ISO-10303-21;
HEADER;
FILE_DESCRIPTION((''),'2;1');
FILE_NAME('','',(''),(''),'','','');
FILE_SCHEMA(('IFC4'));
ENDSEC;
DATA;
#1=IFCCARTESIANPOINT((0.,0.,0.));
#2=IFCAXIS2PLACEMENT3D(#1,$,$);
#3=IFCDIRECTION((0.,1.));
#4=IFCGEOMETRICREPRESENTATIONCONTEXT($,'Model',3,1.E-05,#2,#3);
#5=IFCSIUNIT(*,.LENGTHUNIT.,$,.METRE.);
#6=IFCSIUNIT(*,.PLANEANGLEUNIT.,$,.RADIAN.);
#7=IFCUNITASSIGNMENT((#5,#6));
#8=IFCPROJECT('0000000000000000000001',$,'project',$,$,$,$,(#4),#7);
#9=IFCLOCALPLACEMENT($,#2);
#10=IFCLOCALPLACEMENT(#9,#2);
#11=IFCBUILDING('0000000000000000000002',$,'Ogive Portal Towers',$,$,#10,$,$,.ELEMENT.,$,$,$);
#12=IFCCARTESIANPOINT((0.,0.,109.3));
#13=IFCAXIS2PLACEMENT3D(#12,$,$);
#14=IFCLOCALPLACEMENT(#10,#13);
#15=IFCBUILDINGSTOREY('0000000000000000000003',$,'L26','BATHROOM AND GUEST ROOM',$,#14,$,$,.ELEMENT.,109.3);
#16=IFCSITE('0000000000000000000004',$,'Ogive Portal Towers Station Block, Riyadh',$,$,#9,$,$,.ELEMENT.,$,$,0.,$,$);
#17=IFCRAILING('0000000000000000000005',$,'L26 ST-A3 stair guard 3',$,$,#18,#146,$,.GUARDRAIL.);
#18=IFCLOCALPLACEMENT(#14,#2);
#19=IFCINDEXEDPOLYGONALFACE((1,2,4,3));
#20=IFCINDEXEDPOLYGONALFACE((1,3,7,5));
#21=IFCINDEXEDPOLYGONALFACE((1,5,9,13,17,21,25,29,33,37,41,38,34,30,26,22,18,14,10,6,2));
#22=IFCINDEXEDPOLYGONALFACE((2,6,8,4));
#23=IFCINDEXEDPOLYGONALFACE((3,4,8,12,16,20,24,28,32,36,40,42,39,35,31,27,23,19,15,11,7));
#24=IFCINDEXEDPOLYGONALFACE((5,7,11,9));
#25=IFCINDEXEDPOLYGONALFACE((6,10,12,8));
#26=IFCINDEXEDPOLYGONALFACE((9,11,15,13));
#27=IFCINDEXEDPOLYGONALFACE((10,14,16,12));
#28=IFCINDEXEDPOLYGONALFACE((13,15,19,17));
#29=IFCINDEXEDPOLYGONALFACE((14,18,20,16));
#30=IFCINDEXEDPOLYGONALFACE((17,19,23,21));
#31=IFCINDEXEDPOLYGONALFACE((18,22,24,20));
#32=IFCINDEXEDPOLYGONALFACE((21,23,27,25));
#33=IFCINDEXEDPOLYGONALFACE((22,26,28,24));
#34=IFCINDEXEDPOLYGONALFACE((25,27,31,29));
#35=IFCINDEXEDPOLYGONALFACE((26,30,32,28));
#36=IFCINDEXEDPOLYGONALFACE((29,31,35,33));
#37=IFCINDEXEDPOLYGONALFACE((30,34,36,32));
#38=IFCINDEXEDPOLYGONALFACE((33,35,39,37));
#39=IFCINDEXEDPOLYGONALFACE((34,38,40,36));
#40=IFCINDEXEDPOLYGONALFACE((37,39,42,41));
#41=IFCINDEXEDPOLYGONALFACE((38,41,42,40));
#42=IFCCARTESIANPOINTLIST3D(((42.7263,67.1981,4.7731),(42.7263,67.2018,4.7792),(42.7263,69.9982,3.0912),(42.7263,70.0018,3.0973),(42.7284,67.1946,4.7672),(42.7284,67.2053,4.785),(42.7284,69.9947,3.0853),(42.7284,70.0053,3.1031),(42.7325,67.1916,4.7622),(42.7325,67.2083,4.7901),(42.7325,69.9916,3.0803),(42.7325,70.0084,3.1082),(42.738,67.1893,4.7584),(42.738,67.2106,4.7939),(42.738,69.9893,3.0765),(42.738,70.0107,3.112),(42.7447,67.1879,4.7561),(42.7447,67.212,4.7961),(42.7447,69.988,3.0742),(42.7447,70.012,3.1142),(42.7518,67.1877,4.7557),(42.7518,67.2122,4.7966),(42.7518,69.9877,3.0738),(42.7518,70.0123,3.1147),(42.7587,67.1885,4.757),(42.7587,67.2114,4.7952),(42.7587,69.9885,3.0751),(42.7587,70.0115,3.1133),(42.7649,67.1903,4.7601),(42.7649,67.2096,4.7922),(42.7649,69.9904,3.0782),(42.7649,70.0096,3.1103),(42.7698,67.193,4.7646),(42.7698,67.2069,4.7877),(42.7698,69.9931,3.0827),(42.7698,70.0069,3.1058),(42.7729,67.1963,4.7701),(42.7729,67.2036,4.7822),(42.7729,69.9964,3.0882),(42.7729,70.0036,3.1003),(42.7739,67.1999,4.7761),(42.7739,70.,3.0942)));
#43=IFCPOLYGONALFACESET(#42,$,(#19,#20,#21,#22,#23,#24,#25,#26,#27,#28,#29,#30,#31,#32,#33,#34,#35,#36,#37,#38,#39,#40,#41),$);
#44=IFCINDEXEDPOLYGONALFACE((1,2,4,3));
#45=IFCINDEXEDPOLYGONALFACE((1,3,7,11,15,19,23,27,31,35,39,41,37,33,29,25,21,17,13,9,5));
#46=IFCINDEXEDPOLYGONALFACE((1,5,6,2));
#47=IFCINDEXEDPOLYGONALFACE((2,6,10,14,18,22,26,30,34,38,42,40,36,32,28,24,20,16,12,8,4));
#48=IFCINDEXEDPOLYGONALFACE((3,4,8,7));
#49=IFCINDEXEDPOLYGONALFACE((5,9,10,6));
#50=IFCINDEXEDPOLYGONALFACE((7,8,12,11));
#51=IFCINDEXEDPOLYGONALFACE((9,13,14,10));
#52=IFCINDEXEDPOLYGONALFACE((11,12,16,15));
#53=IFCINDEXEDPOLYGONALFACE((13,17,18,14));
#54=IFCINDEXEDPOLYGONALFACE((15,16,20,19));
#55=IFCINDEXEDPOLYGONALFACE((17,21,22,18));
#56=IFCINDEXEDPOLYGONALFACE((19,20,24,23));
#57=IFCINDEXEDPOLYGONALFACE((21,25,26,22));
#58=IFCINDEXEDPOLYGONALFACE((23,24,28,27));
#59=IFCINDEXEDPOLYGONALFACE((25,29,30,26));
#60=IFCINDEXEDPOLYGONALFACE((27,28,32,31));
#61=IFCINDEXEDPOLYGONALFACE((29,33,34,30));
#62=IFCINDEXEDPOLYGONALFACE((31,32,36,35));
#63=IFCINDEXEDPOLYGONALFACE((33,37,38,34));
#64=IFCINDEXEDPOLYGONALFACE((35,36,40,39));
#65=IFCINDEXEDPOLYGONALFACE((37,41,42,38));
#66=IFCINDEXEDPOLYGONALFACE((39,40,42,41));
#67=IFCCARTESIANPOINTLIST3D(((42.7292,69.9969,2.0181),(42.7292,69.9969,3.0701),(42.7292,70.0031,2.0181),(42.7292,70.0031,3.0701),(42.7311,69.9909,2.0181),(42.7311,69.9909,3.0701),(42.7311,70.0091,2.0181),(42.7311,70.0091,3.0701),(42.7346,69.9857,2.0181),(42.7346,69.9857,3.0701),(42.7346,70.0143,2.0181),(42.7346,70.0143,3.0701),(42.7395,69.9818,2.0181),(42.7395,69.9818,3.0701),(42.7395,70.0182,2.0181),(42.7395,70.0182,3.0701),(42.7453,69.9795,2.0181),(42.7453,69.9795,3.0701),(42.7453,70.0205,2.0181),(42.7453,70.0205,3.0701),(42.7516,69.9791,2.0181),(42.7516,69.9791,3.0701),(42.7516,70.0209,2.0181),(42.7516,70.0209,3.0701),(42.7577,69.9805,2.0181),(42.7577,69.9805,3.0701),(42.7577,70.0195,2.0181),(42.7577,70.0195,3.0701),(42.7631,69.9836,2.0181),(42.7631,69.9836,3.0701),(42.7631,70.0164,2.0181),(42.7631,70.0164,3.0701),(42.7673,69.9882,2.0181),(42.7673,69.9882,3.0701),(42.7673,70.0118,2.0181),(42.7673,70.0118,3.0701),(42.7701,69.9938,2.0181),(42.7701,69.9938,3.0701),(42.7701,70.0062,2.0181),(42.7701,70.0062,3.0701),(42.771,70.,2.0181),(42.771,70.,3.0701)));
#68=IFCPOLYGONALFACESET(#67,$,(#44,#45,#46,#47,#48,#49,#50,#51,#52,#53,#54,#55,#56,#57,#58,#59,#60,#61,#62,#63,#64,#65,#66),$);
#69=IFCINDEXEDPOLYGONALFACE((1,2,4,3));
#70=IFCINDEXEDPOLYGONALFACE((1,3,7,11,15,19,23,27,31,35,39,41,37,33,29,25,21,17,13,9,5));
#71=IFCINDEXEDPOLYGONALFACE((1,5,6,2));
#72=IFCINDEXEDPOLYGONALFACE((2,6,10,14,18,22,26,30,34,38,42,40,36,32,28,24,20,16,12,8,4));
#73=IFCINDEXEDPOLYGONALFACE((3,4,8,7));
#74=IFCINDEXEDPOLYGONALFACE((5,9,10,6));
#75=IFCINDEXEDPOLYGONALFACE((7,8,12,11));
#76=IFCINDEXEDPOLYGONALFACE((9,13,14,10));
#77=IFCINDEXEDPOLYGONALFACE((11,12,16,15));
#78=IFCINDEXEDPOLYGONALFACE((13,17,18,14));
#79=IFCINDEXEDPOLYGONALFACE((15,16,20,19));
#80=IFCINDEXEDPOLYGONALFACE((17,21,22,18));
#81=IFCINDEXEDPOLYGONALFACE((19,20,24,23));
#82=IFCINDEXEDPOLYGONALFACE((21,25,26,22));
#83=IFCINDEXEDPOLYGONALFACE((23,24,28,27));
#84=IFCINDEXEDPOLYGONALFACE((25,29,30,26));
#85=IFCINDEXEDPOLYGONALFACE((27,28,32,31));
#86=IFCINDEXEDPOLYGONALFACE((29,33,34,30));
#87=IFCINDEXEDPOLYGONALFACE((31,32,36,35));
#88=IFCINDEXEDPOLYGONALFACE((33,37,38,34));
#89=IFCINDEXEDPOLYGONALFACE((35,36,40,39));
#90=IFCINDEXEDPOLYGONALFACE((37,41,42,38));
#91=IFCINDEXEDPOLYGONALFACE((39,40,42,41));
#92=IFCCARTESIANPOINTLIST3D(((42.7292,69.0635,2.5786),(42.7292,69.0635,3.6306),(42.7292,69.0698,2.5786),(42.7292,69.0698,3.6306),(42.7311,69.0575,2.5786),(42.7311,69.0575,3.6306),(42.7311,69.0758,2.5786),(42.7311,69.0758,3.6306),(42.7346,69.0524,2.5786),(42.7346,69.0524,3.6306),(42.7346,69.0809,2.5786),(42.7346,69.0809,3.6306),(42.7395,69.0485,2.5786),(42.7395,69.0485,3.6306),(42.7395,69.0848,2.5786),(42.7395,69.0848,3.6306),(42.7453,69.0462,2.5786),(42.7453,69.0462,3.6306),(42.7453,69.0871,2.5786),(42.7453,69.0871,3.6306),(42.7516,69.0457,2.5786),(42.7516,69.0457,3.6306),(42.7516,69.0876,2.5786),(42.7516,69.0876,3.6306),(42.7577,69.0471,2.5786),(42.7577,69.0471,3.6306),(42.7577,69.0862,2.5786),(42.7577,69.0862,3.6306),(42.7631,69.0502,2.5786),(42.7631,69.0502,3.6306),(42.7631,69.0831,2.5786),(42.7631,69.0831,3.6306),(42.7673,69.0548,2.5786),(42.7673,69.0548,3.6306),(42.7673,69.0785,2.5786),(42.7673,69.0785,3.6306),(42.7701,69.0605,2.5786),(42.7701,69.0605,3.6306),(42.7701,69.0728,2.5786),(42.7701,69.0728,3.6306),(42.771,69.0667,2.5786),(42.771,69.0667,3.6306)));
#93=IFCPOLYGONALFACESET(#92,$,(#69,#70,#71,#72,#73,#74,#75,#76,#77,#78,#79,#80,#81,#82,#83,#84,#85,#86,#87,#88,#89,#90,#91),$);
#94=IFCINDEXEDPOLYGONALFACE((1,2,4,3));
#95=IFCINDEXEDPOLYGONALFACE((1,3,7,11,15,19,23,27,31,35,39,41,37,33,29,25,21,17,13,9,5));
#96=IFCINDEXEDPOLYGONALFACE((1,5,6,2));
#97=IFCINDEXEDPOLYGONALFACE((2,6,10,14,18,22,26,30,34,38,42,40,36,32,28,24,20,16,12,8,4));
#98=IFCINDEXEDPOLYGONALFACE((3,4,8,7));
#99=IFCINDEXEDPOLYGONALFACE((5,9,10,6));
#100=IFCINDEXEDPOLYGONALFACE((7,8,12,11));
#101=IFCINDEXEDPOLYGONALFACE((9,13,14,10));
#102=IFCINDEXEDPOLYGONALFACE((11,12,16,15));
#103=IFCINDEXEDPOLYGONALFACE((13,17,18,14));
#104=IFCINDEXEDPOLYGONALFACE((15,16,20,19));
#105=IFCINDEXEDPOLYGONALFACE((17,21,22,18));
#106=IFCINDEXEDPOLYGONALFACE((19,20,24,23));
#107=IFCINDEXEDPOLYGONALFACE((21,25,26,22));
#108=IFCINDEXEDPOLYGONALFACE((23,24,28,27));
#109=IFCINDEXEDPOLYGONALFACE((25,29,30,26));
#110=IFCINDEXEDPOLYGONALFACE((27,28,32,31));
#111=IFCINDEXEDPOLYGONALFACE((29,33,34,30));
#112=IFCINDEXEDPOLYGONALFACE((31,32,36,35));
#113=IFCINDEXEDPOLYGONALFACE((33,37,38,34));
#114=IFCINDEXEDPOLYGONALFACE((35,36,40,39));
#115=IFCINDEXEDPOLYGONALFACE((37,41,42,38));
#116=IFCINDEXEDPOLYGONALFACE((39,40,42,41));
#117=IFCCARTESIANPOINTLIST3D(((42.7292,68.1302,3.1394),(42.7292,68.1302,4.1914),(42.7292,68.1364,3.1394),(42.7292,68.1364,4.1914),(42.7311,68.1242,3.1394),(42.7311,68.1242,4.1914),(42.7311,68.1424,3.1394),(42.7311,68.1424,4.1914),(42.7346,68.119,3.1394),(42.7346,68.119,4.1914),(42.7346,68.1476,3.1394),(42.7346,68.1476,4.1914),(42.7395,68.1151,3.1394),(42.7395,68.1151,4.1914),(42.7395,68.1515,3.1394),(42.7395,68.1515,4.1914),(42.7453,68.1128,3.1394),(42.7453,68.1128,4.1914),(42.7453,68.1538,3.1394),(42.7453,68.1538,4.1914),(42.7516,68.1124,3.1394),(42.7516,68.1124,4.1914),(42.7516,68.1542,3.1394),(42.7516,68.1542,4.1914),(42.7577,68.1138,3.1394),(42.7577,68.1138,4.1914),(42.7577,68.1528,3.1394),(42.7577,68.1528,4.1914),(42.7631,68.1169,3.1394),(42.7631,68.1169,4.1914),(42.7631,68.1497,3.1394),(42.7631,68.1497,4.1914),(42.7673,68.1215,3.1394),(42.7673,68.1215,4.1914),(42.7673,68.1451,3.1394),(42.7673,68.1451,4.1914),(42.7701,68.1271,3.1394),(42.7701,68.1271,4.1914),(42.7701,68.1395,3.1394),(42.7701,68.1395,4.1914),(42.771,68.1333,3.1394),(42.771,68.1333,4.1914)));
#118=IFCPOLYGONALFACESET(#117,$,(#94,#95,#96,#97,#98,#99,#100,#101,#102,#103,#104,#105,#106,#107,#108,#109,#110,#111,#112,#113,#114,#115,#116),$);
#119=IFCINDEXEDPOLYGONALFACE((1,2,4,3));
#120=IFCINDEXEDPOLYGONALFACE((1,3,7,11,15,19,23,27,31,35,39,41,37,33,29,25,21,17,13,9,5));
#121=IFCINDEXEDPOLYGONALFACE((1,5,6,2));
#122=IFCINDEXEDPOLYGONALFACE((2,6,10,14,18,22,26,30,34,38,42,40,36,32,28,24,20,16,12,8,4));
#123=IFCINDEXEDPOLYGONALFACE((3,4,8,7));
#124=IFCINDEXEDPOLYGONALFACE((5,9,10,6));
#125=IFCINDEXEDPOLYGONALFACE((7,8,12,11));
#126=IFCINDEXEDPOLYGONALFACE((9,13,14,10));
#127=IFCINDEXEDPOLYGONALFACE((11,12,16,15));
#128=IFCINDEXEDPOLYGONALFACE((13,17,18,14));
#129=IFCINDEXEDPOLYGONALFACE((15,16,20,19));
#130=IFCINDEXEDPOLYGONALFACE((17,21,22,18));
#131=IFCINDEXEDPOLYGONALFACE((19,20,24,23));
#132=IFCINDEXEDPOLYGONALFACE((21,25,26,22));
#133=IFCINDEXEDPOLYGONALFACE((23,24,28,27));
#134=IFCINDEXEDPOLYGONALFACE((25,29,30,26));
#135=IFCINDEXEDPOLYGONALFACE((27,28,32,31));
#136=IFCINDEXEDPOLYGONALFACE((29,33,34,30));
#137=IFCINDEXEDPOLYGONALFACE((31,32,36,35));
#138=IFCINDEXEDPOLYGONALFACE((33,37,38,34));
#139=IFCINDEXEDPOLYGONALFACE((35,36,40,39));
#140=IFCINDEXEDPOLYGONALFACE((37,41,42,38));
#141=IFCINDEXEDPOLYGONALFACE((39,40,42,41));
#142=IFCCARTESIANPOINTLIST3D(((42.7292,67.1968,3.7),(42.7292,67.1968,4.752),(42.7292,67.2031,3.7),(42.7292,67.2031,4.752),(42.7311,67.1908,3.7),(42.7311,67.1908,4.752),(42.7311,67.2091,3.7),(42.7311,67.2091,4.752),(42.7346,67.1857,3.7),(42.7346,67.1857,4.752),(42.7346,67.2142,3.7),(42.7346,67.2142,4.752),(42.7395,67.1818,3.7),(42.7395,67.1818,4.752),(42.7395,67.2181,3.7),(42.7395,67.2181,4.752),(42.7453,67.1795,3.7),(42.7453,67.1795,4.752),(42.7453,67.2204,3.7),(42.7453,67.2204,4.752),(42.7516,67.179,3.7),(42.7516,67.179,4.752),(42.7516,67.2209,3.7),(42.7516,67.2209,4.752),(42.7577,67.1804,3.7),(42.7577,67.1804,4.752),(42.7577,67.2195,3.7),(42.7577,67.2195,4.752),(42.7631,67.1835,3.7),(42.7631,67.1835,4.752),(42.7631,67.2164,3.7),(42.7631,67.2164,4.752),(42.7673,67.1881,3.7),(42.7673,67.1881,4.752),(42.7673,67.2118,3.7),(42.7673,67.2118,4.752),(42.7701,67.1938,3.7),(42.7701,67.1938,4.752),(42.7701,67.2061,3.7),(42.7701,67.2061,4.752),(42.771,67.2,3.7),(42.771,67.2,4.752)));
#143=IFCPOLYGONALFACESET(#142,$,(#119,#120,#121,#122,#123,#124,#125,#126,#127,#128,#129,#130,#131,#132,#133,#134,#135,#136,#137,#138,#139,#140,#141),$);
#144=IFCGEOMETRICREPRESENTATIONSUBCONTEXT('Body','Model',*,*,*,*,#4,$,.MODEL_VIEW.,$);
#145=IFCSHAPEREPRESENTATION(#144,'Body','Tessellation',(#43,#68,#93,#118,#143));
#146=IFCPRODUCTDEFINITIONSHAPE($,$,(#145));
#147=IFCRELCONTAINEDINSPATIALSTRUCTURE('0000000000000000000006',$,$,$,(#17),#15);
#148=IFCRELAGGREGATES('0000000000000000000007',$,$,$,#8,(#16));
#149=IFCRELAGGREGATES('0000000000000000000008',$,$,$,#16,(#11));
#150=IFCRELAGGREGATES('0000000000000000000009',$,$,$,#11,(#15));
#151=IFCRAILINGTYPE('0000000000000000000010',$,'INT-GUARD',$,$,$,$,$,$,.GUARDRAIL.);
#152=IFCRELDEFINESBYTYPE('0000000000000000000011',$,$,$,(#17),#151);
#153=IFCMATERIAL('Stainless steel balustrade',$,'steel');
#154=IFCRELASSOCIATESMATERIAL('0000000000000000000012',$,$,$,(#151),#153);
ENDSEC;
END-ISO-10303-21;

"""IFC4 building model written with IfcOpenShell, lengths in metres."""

from ifc_helpers import new_model, si_unit, direction, frame, origin, origin_2d, place, context, subcontext, project, spatial, circle, extrude, material, type_object, element, save


model = new_model("IFC4")

# Units and contexts
model_context = context("Model", 3, precision=1e-05, world=origin(), true_north=direction((0.0, 1.0)))
body_context = subcontext(model_context, "Body", "Model", "MODEL_VIEW")
ifc_project = project(units=[si_unit("LENGTHUNIT", "METRE"), si_unit("PLANEANGLEUNIT", "RADIAN")], contexts=[model_context])

# Site, building, storey
site_placement = place(None, origin())
site = spatial("IfcSite", under=ifc_project, at=site_placement, Name="Ogive Portal Towers Station Block, Riyadh", CompositionType="ELEMENT", RefElevation=0.0)
building_placement = place(site_placement, origin())
building = spatial("IfcBuilding", under=site, at=building_placement, Name="Ogive Portal Towers", CompositionType="ELEMENT")
storey_placement = place(building_placement, frame((0.0, 0.0, 109.3)))
storey = spatial("IfcBuildingStorey", under=building, at=storey_placement, Name="L26", Description="BATHROOM AND GUEST ROOM", CompositionType="ELEMENT", Elevation=109.3)

# Railing
ifc_material_1 = material(Name="Stainless steel balustrade", Category="steel")
railing_type_1 = type_object("IfcRailingType", Name="INT-GUARD", PredefinedType="GUARDRAIL", material=ifc_material_1)
railing_1_placement = place(storey_placement, frame((42.75, 70.0, 2.0181)))
element("IfcRailing", 1, at=railing_1_placement, inside=storey, type_object=railing_type_1, Name="L26 ST-A3 stair guard 3", PredefinedType="GUARDRAIL", context=body_context, shape_type="SweptSolid", body=[
    extrude(circle(Radius=0.0239, at=origin_2d()), frame((0.0, 0.0, 1.0762), z_axis=(0.0, -0.857242, 0.514913), x_axis=(1.0, 0.0, 0.0)), (0.0, 0.0, 1.0), 3.2664),
    extrude(circle(Radius=0.021, at=origin_2d()), origin(), (0.0, 0.0, 1.0), 1.052),
    extrude(circle(Radius=0.021, at=origin_2d()), frame((0.0, -0.9333, 0.5605)), (0.0, 0.0, 1.0), 1.052),
    extrude(circle(Radius=0.021, at=origin_2d()), frame((0.0, -1.8667, 1.1213)), (0.0, 0.0, 1.0), 1.052),
    extrude(circle(Radius=0.021, at=origin_2d()), frame((0.0, -2.8, 1.6819)), (0.0, 0.0, 1.0), 1.052),
])

save(model, "model.ifc")
